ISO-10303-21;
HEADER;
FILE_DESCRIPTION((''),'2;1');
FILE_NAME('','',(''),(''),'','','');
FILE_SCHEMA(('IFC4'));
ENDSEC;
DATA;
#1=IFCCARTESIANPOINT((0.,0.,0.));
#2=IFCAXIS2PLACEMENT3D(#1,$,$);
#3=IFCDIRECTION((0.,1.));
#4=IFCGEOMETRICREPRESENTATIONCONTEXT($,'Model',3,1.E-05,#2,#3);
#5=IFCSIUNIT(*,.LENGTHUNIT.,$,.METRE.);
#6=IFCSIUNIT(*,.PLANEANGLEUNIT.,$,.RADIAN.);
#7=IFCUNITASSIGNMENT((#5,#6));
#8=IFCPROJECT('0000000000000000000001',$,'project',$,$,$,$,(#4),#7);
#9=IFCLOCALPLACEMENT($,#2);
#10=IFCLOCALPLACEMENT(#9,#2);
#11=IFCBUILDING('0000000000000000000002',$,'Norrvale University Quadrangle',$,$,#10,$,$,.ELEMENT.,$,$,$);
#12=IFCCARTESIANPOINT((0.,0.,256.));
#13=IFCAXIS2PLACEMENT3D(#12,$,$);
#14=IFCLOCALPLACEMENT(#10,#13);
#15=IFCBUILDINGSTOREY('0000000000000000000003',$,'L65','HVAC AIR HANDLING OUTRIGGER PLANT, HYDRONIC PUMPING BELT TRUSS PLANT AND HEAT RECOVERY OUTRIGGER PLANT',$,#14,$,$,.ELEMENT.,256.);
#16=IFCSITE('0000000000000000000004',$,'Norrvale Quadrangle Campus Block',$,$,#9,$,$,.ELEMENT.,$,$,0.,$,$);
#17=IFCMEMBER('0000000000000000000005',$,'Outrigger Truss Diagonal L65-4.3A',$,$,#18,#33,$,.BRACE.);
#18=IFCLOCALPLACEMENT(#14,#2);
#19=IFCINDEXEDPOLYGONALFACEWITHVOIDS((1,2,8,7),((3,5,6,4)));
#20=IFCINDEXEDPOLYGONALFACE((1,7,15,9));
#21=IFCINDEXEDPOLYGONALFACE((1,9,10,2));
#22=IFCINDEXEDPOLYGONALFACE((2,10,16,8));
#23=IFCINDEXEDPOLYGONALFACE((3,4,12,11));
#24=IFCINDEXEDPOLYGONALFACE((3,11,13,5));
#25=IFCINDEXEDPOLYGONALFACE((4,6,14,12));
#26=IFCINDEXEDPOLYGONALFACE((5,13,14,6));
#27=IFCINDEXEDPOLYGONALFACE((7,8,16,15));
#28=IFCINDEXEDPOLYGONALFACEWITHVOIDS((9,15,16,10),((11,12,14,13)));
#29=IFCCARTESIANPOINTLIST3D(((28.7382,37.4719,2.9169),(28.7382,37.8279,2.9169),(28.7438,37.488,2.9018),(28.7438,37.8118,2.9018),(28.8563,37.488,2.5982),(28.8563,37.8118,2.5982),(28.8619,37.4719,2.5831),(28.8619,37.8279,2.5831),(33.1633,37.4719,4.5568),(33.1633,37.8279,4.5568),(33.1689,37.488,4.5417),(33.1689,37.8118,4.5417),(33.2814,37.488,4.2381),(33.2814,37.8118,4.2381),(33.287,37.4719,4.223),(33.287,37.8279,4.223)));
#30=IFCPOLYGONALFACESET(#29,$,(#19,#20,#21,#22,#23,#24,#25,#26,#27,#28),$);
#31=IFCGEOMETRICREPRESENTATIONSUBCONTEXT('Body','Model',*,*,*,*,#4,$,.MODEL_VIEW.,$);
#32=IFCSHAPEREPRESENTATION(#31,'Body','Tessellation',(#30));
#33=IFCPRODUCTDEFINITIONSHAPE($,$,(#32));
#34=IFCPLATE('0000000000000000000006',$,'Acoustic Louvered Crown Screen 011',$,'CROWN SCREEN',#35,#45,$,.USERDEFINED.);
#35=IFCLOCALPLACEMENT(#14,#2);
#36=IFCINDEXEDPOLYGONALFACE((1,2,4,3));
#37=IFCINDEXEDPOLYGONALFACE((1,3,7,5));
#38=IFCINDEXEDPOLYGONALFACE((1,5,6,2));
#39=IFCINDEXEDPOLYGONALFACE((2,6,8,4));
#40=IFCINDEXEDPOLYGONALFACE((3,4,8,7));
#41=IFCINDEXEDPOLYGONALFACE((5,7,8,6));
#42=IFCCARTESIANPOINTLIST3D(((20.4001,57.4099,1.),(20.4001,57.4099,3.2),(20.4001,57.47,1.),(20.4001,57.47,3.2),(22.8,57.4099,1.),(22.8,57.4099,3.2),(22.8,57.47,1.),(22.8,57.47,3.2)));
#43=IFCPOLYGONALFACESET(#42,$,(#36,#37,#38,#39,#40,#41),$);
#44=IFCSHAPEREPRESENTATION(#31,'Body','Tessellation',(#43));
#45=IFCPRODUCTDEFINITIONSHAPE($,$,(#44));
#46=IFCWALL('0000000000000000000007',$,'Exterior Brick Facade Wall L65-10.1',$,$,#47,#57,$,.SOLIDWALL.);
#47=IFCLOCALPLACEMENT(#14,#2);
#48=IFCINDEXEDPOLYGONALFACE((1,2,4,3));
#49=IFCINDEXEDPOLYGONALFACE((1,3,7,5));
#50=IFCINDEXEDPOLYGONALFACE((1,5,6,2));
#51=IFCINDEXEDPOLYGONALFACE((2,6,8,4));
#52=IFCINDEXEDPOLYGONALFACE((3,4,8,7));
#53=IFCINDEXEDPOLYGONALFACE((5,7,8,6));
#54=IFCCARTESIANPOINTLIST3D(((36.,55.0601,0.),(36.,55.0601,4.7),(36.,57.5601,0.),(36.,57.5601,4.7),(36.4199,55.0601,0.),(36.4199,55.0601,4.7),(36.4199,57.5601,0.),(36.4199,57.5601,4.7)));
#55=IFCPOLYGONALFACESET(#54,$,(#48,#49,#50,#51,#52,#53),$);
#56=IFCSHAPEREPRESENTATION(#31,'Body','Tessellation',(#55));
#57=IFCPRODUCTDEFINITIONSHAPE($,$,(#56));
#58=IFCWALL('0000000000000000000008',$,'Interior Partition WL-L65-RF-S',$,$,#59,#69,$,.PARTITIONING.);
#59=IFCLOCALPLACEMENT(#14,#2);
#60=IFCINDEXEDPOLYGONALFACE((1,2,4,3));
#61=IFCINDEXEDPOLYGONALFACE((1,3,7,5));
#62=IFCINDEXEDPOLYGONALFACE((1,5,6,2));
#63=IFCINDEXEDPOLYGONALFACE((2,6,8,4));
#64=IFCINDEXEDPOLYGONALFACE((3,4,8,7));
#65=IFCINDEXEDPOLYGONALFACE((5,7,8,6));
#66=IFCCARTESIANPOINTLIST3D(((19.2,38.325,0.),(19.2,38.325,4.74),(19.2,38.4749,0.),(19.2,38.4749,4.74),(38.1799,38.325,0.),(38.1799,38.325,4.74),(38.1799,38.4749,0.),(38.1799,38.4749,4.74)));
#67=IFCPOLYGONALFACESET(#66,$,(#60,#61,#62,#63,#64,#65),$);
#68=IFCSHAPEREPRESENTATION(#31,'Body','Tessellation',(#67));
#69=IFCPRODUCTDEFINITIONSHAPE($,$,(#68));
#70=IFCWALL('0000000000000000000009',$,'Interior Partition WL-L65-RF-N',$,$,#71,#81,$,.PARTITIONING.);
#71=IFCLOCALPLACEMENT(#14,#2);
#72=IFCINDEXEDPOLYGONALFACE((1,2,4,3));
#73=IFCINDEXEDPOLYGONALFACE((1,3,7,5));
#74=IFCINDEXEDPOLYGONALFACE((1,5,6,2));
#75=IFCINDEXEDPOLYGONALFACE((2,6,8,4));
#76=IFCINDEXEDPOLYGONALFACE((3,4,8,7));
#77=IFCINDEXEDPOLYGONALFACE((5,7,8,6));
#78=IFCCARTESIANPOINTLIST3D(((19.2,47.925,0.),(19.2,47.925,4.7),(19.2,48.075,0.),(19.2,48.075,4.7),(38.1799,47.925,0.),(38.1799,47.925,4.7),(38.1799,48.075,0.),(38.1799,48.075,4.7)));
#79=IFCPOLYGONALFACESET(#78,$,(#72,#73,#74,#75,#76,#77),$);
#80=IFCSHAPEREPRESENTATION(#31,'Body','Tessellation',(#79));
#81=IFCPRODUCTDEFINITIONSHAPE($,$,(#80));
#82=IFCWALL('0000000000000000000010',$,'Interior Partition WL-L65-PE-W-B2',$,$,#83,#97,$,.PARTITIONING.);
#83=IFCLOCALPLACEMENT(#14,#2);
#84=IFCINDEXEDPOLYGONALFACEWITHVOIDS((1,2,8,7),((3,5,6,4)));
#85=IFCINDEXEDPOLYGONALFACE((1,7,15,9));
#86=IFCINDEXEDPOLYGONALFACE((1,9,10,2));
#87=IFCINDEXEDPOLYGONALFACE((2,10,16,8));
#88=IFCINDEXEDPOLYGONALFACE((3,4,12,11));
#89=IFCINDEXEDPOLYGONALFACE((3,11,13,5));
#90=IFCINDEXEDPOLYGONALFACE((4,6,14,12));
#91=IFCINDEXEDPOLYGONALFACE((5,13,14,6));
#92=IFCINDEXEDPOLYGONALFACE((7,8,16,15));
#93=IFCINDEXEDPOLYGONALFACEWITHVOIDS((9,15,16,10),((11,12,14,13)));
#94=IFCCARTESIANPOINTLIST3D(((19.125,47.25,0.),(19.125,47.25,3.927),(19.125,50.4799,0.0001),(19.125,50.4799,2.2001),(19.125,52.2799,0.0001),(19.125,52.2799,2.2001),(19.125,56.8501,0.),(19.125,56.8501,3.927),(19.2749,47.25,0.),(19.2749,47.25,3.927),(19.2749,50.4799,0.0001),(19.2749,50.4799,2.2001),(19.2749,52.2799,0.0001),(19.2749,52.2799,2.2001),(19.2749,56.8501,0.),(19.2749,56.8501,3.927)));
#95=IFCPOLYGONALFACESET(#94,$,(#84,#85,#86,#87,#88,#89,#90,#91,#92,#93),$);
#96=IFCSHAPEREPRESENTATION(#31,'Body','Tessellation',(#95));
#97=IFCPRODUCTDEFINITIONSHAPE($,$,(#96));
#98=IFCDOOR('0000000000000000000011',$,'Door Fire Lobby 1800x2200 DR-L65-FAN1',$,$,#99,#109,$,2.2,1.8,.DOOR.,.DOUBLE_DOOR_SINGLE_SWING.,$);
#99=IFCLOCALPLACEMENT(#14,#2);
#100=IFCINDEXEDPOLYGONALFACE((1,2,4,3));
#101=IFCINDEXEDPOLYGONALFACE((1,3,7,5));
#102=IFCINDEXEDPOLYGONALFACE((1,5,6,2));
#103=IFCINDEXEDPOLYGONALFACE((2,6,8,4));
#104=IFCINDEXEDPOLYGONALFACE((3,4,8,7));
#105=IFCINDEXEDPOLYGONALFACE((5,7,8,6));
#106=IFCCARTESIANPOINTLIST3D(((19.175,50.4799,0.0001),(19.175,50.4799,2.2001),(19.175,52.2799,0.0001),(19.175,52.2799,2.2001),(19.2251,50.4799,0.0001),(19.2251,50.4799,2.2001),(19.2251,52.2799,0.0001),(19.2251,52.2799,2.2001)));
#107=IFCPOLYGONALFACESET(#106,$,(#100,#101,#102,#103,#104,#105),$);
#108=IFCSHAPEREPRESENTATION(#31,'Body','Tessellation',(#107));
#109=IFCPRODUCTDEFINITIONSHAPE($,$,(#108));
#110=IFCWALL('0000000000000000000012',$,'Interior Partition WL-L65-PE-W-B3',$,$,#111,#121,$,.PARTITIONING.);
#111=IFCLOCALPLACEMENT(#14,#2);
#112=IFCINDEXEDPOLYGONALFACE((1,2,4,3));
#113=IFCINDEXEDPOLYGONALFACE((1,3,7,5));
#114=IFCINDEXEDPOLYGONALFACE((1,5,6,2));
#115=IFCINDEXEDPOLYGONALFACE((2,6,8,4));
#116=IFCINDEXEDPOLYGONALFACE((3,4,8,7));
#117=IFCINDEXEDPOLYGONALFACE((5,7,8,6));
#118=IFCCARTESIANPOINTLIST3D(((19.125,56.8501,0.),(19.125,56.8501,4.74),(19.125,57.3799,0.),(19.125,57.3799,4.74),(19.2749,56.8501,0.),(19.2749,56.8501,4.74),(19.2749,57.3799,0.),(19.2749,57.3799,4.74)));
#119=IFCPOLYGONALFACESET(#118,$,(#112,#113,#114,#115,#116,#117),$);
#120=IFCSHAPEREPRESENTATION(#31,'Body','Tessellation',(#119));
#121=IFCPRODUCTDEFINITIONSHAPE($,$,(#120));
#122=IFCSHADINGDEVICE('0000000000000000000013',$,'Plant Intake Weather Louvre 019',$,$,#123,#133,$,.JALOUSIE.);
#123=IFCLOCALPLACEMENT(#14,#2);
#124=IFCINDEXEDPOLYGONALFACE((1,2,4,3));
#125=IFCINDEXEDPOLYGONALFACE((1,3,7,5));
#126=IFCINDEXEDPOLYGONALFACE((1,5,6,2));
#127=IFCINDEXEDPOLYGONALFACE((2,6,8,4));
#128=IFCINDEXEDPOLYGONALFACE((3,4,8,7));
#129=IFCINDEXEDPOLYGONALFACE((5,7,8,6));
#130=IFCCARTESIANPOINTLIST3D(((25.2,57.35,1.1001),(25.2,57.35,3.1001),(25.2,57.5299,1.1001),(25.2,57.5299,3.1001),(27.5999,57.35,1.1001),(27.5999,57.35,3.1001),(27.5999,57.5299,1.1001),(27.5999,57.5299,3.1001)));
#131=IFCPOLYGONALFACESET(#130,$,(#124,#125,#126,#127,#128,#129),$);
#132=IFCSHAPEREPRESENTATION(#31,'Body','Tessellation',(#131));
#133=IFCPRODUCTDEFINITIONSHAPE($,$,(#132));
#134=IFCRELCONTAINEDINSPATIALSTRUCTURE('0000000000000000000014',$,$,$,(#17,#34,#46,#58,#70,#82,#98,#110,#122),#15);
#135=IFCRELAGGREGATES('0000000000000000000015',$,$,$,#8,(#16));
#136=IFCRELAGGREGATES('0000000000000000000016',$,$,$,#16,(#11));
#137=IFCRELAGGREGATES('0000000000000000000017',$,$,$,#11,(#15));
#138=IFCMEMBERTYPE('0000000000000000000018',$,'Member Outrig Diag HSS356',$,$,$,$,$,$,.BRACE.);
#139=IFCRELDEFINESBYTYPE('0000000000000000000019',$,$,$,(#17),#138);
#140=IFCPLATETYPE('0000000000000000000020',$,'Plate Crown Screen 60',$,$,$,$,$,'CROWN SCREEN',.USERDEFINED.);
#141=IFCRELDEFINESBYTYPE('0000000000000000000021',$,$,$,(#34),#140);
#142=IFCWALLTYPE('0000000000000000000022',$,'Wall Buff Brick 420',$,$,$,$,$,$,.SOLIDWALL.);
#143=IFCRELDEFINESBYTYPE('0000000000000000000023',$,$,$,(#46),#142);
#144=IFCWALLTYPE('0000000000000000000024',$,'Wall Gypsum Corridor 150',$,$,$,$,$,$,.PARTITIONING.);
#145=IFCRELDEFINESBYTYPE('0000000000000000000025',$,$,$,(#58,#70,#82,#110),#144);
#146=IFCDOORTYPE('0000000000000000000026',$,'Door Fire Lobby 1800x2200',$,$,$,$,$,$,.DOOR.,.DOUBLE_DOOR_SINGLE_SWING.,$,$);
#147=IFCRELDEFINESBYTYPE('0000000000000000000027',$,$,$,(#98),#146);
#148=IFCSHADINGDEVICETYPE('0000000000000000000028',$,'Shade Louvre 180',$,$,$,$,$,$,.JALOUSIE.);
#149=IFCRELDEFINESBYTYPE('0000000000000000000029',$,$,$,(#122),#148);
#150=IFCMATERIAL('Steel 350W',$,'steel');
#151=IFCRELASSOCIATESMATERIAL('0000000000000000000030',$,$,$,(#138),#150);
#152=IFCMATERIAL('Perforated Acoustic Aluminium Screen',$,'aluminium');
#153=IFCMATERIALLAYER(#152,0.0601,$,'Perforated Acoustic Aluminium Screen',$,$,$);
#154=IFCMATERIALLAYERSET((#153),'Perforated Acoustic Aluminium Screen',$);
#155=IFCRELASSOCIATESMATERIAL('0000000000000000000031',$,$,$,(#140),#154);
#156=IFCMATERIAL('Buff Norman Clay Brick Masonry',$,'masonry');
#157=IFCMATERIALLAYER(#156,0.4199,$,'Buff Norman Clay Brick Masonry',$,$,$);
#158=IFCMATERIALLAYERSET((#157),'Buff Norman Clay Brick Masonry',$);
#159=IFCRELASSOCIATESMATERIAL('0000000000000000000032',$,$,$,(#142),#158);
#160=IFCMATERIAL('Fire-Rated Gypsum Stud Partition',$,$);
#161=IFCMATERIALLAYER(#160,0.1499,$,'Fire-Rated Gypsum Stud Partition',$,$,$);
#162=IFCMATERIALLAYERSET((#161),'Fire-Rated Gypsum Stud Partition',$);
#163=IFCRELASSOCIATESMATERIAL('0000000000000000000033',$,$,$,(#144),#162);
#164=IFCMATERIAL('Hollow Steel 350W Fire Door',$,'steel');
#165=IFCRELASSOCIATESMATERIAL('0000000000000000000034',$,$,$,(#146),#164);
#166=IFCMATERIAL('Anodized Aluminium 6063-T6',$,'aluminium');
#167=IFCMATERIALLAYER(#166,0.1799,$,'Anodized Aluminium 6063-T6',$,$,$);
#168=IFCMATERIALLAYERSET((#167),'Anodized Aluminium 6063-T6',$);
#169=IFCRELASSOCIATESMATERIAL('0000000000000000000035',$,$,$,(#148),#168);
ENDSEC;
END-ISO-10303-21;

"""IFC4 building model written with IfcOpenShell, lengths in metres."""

from ifc_helpers import new_model, si_unit, direction, frame, frame_2d, origin, origin_2d, place, context, subcontext, project, spatial, rectangle, hollow_rectangle, extrude, material, layer, layer_set, material_profile, profile_set, type_object, element, fill, save


model = new_model("IFC4")

# Units and contexts
model_context = context("Model", 3, precision=1e-05, world=origin(), true_north=direction((0.0, 1.0)))
body_context = subcontext(model_context, "Body", "Model", "MODEL_VIEW")
ifc_project = project(units=[si_unit("LENGTHUNIT", "METRE"), si_unit("PLANEANGLEUNIT", "RADIAN")], contexts=[model_context])

# Site, building, storey
site_placement = place(None, origin())
site = spatial("IfcSite", under=ifc_project, at=site_placement, Name="Norrvale Quadrangle Campus Block", CompositionType="ELEMENT", RefElevation=0.0)
building_placement = place(site_placement, origin())
building = spatial("IfcBuilding", under=site, at=building_placement, Name="Norrvale University Quadrangle", CompositionType="ELEMENT")
storey_placement = place(building_placement, frame((0.0, 0.0, 256.0)))
storey = spatial("IfcBuildingStorey", under=building, at=storey_placement, Name="L65", Description="HVAC AIR HANDLING OUTRIGGER PLANT, HYDRONIC PUMPING BELT TRUSS PLANT AND HEAT RECOVERY OUTRIGGER PLANT", CompositionType="ELEMENT", Elevation=256.0)

# Shared definitions
ifc_material_1 = material(Name="Steel 350W", Category="steel")

# Member
ifc_material_profile_1 = material_profile(ifc_material_1, hollow_rectangle(XDim=0.356, YDim=0.356, WallThickness=0.0161, at=origin_2d()), Name="Steel 350W")
ifc_profile_set_1 = profile_set([ifc_material_profile_1], Name="Steel 350W")
member_type_1 = type_object("IfcMemberType", Name="Member Outrig Diag HSS356", PredefinedType="BRACE", material=ifc_profile_set_1)
member_1_placement = place(storey_placement, frame((28.8, 37.6499, 2.75), z_axis=(0.937681, 0.0, 0.347498), x_axis=(0.0, 1.0, 0.0)))
element("IfcMember", 1, at=member_1_placement, inside=storey, type_object=member_type_1, Name="Outrigger Truss Diagonal L65-4.3A", PredefinedType="BRACE", context=body_context, shape_type="SweptSolid", body=[
    extrude(hollow_rectangle(XDim=0.356, YDim=0.356, WallThickness=0.0161, at=origin_2d()), origin(), (0.0, 0.0, 1.0), 4.7192),
])

# Plate
ifc_material_2 = material(Name="Perforated Acoustic Aluminium Screen", Category="aluminium")
ifc_layer_1 = layer(ifc_material_2, 0.0601, Name="Perforated Acoustic Aluminium Screen")
ifc_layer_set_1 = layer_set([ifc_layer_1], Name="Perforated Acoustic Aluminium Screen")
plate_type = type_object("IfcPlateType", Name="Plate Crown Screen 60", ElementType="CROWN SCREEN", PredefinedType="USERDEFINED", material=ifc_layer_set_1)
plate_placement = place(storey_placement, frame((21.6001, 57.4399, 1.0), z_axis=(0.0, 0.0, 1.0), x_axis=(-1.0, 0.0, 0.0)))
element("IfcPlate", 2, at=plate_placement, inside=storey, type_object=plate_type, Name="Acoustic Louvered Crown Screen 011", ObjectType="CROWN SCREEN", PredefinedType="USERDEFINED", context=body_context, shape_type="SweptSolid", body=[
    extrude(rectangle(XDim=2.3999, YDim=0.0601, at=origin_2d()), origin(), (0.0, 0.0, 1.0), 2.2),
])

# Walls
ifc_material_3 = material(Name="Buff Norman Clay Brick Masonry", Category="masonry")
ifc_layer_2 = layer(ifc_material_3, 0.4199, Name="Buff Norman Clay Brick Masonry")
ifc_layer_set_2 = layer_set([ifc_layer_2], Name="Buff Norman Clay Brick Masonry")
wall_type_1 = type_object("IfcWallType", Name="Wall Buff Brick 420", PredefinedType="SOLIDWALL", material=ifc_layer_set_2)
wall_1_placement = place(storey_placement, frame((36.21, 55.0601, 0.0), z_axis=(0.0, 0.0, 1.0), x_axis=(0.0, 1.0, 0.0)))
element("IfcWall", 3, at=wall_1_placement, inside=storey, type_object=wall_type_1, Name="Exterior Brick Facade Wall L65-10.1", PredefinedType="SOLIDWALL", context=body_context, shape_type="SweptSolid", body=[
    extrude(rectangle(XDim=2.5, YDim=0.4199, at=frame_2d((1.25, 0.0))), origin(), (0.0, 0.0, 1.0), 4.7),
])
ifc_material_4 = material(Name="Fire-Rated Gypsum Stud Partition")
ifc_layer_3 = layer(ifc_material_4, 0.1499, Name="Fire-Rated Gypsum Stud Partition")
ifc_layer_set_3 = layer_set([ifc_layer_3], Name="Fire-Rated Gypsum Stud Partition")
wall_type_2 = type_object("IfcWallType", Name="Wall Gypsum Corridor 150", PredefinedType="PARTITIONING", material=ifc_layer_set_3)
wall_2_placement = place(storey_placement, frame((19.2, 38.3999, 0.0), z_axis=(0.0, 0.0, 1.0), x_axis=(1.0, 0.0, 0.0)))
element("IfcWall", 4, at=wall_2_placement, inside=storey, type_object=wall_type_2, Name="Interior Partition WL-L65-RF-S", PredefinedType="PARTITIONING", context=body_context, shape_type="SweptSolid", body=[
    extrude(rectangle(XDim=18.98, YDim=0.1499, at=frame_2d((9.49, 0.0))), origin(), (0.0, 0.0, 1.0), 4.74),
])
wall_3_placement = place(storey_placement, frame((19.2, 48.0, 0.0), z_axis=(0.0, 0.0, 1.0), x_axis=(1.0, 0.0, 0.0)))
element("IfcWall", 5, at=wall_3_placement, inside=storey, type_object=wall_type_2, Name="Interior Partition WL-L65-RF-N", PredefinedType="PARTITIONING", context=body_context, shape_type="SweptSolid", body=[
    extrude(rectangle(XDim=18.98, YDim=0.1499, at=frame_2d((9.49, 0.0))), origin(), (0.0, 0.0, 1.0), 4.7),
])

# Wall, opening, door
wall_4_placement = place(storey_placement, frame((19.2, 47.25, 0.0), z_axis=(0.0, 0.0, 1.0), x_axis=(0.0, 1.0, 0.0)))
wall_4 = element("IfcWall", 6, at=wall_4_placement, inside=storey, type_object=wall_type_2, Name="Interior Partition WL-L65-PE-W-B2", PredefinedType="PARTITIONING", context=body_context, shape_type="SweptSolid", body=[
    extrude(rectangle(XDim=9.6001, YDim=0.1499, at=frame_2d((4.8, 0.0))), origin(), (0.0, 0.0, 1.0), 3.927),
])
opening_placement = place(wall_4_placement, frame((3.23, 0.0, 0.0)))
opening = element("IfcOpeningElement", 7, at=opening_placement, cuts=wall_4, PredefinedType="OPENING", context=body_context, shape_type="SweptSolid", body=[
    extrude(rectangle(XDim=1.8, YDim=2.2, at=frame_2d((0.8999, 1.1001))), frame((0.0, 0.0869, 0.0), z_axis=(0.0, -1.0, 0.0), x_axis=(1.0, 0.0, 0.0)), (0.0, 0.0, 1.0), 0.1738),
])
ifc_material_5 = material(Name="Hollow Steel 350W Fire Door", Category="steel")
door_type = type_object("IfcDoorType", Name="Door Fire Lobby 1800x2200", OperationType="DOUBLE_DOOR_SINGLE_SWING", PredefinedType="DOOR", material=ifc_material_5)
door_placement = place(opening_placement, origin())
door = element("IfcDoor", 8, at=door_placement, inside=storey, type_object=door_type, Name="Door Fire Lobby 1800x2200 DR-L65-FAN1", OperationType="DOUBLE_DOOR_SINGLE_SWING", OverallHeight=2.2, OverallWidth=1.8, PredefinedType="DOOR", context=body_context, shape_type="SweptSolid", body=[
    extrude(rectangle(XDim=1.8, YDim=2.2, at=frame_2d((0.8999, 1.1001))), frame((0.0, 0.0249, 0.0), z_axis=(0.0, -1.0, 0.0), x_axis=(1.0, 0.0, 0.0)), (0.0, 0.0, 1.0), 0.05),
])
fill(opening, door)

# Wall
wall_5_placement = place(storey_placement, frame((19.2, 56.8501, 0.0), z_axis=(0.0, 0.0, 1.0), x_axis=(0.0, 1.0, 0.0)))
element("IfcWall", 9, at=wall_5_placement, inside=storey, type_object=wall_type_2, Name="Interior Partition WL-L65-PE-W-B3", PredefinedType="PARTITIONING", context=body_context, shape_type="SweptSolid", body=[
    extrude(rectangle(XDim=0.5298, YDim=0.1499, at=frame_2d((0.2649, 0.0))), origin(), (0.0, 0.0, 1.0), 4.74),
])

# Shading device
ifc_material_6 = material(Name="Anodized Aluminium 6063-T6", Category="aluminium")
ifc_layer_4 = layer(ifc_material_6, 0.1799, Name="Anodized Aluminium 6063-T6")
ifc_layer_set_4 = layer_set([ifc_layer_4], Name="Anodized Aluminium 6063-T6")
shading_device_type = type_object("IfcShadingDeviceType", Name="Shade Louvre 180", PredefinedType="JALOUSIE", material=ifc_layer_set_4)
shading_device_placement = place(storey_placement, frame((26.3999, 57.4399, 1.1001), z_axis=(0.0, 0.0, 1.0), x_axis=(-1.0, 0.0, 0.0)))
element("IfcShadingDevice", 10, at=shading_device_placement, inside=storey, type_object=shading_device_type, Name="Plant Intake Weather Louvre 019", PredefinedType="JALOUSIE", context=body_context, shape_type="SweptSolid", body=[
    extrude(rectangle(XDim=2.3999, YDim=0.1799, at=origin_2d()), origin(), (0.0, 0.0, 1.0), 2.0),
])

save(model, "model.ifc")
